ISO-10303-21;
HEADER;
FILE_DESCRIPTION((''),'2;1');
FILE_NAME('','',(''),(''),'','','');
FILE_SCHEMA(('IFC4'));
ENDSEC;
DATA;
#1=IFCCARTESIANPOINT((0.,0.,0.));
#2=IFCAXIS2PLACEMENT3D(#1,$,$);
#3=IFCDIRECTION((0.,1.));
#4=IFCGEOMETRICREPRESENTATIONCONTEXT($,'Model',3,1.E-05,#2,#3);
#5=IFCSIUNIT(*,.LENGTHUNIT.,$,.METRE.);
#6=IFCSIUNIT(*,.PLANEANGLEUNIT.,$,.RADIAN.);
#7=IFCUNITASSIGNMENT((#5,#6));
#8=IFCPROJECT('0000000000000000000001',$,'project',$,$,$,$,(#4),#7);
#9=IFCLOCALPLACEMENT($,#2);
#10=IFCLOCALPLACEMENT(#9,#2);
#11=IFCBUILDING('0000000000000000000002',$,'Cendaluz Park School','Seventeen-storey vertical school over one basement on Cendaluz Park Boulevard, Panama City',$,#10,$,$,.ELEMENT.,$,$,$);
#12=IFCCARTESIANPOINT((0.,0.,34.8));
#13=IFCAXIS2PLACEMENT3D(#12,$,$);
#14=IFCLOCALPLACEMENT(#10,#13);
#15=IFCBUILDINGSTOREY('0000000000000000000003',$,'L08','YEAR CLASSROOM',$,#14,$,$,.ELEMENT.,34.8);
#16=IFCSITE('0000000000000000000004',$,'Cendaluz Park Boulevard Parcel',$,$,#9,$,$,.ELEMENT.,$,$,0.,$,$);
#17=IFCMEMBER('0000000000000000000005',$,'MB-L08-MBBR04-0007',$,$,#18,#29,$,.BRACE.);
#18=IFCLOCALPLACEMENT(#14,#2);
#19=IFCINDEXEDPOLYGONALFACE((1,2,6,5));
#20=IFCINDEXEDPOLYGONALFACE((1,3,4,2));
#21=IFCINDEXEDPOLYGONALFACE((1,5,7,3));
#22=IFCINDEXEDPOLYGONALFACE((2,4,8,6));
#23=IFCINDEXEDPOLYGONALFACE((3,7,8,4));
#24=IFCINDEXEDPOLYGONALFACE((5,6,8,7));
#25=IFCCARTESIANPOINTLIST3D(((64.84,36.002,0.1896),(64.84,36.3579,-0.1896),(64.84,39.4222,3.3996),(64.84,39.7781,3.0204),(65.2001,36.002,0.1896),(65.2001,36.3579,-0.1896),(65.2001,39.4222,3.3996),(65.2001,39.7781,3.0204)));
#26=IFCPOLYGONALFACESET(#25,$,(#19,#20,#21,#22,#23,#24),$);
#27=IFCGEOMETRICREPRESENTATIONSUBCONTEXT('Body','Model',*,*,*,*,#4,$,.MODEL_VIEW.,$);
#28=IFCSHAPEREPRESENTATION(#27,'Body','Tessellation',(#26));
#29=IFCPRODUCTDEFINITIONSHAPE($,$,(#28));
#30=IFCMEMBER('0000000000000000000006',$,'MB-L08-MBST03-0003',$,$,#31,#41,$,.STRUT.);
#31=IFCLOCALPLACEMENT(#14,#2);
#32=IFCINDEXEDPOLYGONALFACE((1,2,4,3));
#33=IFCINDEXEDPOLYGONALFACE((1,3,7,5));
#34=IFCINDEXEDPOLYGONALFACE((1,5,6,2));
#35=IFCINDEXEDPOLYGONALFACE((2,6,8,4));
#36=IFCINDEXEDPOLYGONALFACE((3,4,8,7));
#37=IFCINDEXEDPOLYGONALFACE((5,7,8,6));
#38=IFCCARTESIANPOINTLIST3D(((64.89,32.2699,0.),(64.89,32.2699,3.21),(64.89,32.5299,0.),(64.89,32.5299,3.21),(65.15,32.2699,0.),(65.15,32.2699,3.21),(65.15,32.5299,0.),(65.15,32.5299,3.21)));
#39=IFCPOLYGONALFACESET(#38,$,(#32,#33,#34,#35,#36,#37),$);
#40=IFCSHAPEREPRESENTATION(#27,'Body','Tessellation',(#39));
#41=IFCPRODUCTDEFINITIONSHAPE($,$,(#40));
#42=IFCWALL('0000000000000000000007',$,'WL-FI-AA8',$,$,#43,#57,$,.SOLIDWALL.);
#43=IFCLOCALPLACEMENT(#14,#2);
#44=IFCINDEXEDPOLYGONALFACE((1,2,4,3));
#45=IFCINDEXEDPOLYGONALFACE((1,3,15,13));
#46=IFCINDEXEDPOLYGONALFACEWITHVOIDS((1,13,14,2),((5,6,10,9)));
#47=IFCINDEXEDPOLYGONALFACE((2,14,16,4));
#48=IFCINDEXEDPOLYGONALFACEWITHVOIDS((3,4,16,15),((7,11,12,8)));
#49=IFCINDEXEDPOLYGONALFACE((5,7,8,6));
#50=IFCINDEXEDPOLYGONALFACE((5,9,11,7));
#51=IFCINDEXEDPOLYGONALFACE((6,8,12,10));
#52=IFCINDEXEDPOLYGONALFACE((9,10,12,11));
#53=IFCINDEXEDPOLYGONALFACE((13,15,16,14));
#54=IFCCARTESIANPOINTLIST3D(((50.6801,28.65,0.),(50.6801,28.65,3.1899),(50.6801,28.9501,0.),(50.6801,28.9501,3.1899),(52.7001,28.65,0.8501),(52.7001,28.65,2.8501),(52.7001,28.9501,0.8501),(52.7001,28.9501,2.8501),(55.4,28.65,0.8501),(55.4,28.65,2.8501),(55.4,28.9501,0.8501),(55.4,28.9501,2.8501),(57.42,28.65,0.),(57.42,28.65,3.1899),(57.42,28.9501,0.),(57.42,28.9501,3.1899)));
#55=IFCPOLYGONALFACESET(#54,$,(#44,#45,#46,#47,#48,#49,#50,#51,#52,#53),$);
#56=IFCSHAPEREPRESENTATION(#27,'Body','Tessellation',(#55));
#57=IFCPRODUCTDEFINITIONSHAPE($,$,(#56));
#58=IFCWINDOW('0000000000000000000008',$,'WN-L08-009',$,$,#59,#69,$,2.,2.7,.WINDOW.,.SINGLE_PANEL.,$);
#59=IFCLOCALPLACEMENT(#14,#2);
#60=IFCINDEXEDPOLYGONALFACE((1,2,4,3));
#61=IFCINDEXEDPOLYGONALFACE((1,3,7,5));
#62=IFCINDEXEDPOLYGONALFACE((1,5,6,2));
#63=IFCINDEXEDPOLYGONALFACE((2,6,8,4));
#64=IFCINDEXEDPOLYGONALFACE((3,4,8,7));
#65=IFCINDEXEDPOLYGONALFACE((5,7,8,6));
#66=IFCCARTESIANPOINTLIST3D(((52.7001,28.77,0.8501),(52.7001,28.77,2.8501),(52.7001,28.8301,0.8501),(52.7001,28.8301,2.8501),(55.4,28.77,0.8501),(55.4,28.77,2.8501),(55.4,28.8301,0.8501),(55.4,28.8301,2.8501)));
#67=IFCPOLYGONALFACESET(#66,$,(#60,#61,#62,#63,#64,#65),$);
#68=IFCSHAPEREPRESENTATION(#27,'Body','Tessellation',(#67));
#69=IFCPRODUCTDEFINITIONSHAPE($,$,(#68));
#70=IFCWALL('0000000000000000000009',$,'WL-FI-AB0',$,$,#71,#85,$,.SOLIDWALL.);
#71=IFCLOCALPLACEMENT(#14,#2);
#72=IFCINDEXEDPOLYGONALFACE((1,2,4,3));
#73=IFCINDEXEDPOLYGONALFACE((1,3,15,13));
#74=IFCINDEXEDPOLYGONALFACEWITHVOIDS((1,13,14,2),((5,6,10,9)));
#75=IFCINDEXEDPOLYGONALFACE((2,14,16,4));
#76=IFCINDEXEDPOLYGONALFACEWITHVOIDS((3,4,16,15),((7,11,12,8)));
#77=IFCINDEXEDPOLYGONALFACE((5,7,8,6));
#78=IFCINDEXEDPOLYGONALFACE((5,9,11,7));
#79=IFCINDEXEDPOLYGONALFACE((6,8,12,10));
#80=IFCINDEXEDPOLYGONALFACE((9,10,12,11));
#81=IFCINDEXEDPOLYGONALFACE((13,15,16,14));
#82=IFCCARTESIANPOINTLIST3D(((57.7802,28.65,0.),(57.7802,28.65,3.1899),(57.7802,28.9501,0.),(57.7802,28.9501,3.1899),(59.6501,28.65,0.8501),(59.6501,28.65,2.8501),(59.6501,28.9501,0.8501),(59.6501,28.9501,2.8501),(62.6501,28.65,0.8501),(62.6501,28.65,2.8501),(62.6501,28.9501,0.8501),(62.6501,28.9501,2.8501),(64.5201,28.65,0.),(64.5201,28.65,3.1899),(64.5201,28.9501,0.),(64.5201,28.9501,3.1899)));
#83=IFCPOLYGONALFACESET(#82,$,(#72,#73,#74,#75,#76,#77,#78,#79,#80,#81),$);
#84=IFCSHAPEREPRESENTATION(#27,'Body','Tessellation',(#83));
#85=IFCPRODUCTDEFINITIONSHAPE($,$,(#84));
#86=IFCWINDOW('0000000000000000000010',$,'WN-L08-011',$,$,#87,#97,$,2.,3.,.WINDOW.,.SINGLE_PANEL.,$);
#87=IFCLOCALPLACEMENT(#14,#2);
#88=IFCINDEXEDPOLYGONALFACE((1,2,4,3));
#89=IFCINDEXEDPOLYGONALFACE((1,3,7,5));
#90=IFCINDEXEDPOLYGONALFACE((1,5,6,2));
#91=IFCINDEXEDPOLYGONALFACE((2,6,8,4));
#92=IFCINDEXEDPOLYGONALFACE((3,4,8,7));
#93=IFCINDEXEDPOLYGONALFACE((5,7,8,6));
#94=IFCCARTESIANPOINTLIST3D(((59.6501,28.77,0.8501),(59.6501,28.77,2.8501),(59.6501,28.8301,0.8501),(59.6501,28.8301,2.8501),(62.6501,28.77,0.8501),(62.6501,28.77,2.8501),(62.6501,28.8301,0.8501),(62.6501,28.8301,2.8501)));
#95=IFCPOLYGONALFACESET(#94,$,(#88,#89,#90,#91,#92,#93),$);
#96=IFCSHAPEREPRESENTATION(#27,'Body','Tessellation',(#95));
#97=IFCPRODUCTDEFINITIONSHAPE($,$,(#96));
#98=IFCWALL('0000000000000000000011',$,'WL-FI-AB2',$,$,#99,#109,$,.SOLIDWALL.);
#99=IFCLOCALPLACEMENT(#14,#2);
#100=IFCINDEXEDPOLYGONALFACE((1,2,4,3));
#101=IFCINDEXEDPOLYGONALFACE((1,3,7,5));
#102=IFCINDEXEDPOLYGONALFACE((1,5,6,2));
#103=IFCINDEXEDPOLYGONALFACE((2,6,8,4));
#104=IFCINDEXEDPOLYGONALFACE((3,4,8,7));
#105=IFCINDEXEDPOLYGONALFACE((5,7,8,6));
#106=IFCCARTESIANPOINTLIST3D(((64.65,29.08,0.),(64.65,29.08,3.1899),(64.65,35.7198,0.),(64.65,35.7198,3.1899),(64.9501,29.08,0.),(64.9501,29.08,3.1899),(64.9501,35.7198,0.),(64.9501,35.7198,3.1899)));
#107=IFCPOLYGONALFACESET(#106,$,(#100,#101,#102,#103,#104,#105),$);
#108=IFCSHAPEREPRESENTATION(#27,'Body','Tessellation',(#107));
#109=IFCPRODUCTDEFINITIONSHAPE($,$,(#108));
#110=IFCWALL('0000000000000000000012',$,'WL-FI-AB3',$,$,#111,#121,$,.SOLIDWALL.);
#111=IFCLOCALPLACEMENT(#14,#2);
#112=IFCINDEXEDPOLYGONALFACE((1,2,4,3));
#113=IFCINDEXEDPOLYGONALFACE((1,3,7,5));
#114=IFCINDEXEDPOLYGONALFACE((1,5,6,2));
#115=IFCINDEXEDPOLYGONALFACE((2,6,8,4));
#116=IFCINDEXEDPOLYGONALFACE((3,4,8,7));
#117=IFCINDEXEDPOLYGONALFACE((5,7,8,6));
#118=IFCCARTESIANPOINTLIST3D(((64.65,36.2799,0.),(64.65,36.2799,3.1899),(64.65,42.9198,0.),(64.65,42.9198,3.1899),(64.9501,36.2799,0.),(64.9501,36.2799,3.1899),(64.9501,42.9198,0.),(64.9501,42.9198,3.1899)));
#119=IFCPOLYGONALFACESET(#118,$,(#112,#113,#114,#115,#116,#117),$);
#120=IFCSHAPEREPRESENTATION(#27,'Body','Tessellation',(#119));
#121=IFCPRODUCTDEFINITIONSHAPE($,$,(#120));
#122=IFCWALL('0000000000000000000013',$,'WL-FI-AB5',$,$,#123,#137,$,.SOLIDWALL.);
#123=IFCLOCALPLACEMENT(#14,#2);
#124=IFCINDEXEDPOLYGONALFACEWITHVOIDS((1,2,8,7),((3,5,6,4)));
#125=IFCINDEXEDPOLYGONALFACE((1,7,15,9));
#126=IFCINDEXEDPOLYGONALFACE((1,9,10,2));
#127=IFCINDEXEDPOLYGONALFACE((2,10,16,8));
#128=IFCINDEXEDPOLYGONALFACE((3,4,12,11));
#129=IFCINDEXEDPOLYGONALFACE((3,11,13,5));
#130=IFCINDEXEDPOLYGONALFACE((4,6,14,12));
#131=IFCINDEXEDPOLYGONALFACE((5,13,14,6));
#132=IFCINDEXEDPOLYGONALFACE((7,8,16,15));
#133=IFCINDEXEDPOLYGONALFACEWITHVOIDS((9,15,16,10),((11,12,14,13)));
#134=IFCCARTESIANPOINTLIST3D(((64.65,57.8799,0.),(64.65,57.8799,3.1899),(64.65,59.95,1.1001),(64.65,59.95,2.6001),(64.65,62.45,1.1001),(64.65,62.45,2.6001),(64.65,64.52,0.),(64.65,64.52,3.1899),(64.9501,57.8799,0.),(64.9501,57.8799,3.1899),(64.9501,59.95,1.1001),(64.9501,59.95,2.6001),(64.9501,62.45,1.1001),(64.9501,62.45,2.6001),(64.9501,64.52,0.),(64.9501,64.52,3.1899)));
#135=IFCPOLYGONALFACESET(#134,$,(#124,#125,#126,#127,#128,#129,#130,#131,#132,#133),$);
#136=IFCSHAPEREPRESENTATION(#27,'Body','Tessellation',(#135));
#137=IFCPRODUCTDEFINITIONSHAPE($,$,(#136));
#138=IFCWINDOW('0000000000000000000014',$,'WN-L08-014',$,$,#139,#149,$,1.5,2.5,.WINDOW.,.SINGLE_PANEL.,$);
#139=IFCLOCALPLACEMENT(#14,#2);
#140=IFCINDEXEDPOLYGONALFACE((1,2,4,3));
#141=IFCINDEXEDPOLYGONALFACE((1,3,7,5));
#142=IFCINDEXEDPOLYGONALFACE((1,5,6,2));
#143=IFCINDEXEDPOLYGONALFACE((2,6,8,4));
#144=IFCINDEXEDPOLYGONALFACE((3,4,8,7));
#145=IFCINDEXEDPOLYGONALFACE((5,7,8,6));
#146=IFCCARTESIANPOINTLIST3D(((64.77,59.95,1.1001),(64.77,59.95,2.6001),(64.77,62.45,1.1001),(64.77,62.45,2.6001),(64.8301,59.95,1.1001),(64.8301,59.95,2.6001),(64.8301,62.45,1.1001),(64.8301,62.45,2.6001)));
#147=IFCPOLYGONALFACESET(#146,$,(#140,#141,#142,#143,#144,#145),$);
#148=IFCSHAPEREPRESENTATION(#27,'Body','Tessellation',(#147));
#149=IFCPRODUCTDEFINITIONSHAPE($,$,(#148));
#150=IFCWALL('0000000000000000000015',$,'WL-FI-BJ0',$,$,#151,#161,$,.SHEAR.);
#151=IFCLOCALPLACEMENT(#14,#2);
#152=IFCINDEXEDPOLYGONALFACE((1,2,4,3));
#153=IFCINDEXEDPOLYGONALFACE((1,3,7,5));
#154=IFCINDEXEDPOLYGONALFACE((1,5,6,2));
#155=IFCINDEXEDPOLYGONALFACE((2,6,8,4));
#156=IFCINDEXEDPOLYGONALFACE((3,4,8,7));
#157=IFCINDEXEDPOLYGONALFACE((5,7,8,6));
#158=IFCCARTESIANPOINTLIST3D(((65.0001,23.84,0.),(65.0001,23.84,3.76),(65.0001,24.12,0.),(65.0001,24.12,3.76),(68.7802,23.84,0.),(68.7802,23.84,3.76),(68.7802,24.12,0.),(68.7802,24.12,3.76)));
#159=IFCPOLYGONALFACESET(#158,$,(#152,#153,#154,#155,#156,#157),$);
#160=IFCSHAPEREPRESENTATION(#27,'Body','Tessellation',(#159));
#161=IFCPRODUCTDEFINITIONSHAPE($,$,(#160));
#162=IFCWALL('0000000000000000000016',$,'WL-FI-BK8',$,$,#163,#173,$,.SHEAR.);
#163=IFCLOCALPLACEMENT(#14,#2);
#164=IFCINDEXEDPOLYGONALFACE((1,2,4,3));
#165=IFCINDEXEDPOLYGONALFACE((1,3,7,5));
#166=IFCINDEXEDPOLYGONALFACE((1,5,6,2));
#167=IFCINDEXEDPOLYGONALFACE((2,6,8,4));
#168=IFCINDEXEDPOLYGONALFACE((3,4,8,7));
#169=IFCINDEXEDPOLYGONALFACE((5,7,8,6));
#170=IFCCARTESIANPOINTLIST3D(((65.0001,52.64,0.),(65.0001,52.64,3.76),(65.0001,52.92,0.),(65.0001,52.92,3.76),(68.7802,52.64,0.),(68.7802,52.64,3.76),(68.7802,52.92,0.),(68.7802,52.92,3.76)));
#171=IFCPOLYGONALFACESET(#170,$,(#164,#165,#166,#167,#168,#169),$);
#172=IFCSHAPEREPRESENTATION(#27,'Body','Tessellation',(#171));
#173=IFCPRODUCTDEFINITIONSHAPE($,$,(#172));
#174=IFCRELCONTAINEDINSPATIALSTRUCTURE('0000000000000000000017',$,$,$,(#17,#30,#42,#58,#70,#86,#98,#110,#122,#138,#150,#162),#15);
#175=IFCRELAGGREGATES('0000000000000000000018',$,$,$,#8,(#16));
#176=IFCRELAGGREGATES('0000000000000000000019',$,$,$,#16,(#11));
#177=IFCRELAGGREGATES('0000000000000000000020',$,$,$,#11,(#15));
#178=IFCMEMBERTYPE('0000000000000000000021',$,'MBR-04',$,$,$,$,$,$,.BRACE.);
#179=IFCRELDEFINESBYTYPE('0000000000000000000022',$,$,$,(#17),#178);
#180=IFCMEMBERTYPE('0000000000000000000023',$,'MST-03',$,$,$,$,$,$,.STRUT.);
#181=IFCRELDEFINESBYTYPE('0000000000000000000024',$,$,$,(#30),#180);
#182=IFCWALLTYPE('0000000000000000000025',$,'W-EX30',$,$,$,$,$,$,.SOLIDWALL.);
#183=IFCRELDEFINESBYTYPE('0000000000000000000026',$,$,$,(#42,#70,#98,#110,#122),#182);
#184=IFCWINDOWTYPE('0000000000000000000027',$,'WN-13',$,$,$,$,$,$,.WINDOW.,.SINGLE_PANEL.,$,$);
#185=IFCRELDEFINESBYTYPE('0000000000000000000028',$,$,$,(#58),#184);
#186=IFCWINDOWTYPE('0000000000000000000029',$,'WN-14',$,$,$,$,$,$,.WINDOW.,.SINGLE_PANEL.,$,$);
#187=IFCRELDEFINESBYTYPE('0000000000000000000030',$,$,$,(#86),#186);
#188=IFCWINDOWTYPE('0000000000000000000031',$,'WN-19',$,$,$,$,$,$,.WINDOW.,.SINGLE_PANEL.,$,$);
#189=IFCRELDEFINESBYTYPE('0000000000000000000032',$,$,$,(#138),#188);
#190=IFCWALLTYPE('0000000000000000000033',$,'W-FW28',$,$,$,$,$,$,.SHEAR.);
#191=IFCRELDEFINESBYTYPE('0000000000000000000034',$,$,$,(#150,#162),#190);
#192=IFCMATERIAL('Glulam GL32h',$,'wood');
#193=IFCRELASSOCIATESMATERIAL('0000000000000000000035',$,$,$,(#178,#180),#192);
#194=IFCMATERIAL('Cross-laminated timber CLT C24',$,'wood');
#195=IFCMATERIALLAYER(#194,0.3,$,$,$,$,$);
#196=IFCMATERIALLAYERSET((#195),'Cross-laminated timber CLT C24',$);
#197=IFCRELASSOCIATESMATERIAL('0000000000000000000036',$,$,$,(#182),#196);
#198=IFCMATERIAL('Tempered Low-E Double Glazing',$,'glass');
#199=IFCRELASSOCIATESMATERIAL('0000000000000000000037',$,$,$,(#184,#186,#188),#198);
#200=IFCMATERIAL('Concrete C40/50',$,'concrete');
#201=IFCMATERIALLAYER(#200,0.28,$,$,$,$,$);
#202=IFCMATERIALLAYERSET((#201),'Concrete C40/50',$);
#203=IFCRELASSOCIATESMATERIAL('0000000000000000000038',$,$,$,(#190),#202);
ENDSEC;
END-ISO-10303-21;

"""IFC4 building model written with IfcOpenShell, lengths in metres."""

from ifc_helpers import new_model, si_unit, direction, frame, frame_2d, origin, origin_2d, place, context, subcontext, project, spatial, rectangle, extrude, material, layer, layer_set, material_profile, profile_set, type_object, element, fill, save


model = new_model("IFC4")

# Units and contexts
model_context = context("Model", 3, precision=1e-05, world=origin(), true_north=direction((0.0, 1.0)))
body_context = subcontext(model_context, "Body", "Model", "MODEL_VIEW")
ifc_project = project(units=[si_unit("LENGTHUNIT", "METRE"), si_unit("PLANEANGLEUNIT", "RADIAN")], contexts=[model_context])

# Site, building, storey
site_placement = place(None, origin())
site = spatial("IfcSite", under=ifc_project, at=site_placement, Name="Cendaluz Park Boulevard Parcel", CompositionType="ELEMENT", RefElevation=0.0)
building_placement = place(site_placement, origin())
building = spatial("IfcBuilding", under=site, at=building_placement, Name="Cendaluz Park School", Description="Seventeen-storey vertical school over one basement on Cendaluz Park Boulevard, Panama City", CompositionType="ELEMENT")
storey_placement = place(building_placement, frame((0.0, 0.0, 34.8)))
storey = spatial("IfcBuildingStorey", under=building, at=storey_placement, Name="L08", Description="YEAR CLASSROOM", CompositionType="ELEMENT", Elevation=34.8)

# Shared definitions
ifc_material_1 = material(Name="Glulam GL32h", Category="wood")

# Members
ifc_material_profile_1 = material_profile(ifc_material_1, rectangle(XDim=0.3601, YDim=0.52, at=origin_2d()), Name="GL32h 360x520", Category="wood")
ifc_profile_set_1 = profile_set([ifc_material_profile_1], Name="Glulam GL32h")
member_type_1 = type_object("IfcMemberType", Name="MBR-04", PredefinedType="BRACE", material=ifc_profile_set_1)
member_1_placement = place(storey_placement, frame((65.02, 36.1799, 0.0), z_axis=(0.0, 0.729159, 0.684344), x_axis=(-1.0, 0.0, 0.0)))
element("IfcMember", 1, at=member_1_placement, inside=storey, type_object=member_type_1, Name="MB-L08-MBBR04-0007", PredefinedType="BRACE", context=body_context, shape_type="SweptSolid", body=[
    extrude(rectangle(XDim=0.3601, YDim=0.52, at=origin_2d()), origin(), (0.0, 0.0, 1.0), 4.6907),
])
ifc_material_profile_2 = material_profile(ifc_material_1, rectangle(XDim=0.26, YDim=0.26, at=origin_2d()), Name="GL32h 260x260", Category="wood")
ifc_profile_set_2 = profile_set([ifc_material_profile_2], Name="Glulam GL32h")
member_type_2 = type_object("IfcMemberType", Name="MST-03", PredefinedType="STRUT", material=ifc_profile_set_2)
member_2_placement = place(storey_placement, frame((65.02, 32.3999, 0.0), z_axis=(0.0, 0.0, 1.0), x_axis=(1.0, 0.0, 0.0)))
element("IfcMember", 2, at=member_2_placement, inside=storey, type_object=member_type_2, Name="MB-L08-MBST03-0003", PredefinedType="STRUT", context=body_context, shape_type="SweptSolid", body=[
    extrude(rectangle(XDim=0.26, YDim=0.26, at=origin_2d()), origin(), (0.0, 0.0, 1.0), 3.21),
])

# Walls, openings, windows
ifc_material_2 = material(Name="Cross-laminated timber CLT C24", Category="wood")
ifc_layer_1 = layer(ifc_material_2, 0.3)
ifc_layer_set_1 = layer_set([ifc_layer_1], Name="Cross-laminated timber CLT C24")
wall_type_1 = type_object("IfcWallType", Name="W-EX30", PredefinedType="SOLIDWALL", material=ifc_layer_set_1)
wall_1_placement = place(storey_placement, frame((50.6799, 28.8, 0.0), z_axis=(0.0, 0.0, 1.0), x_axis=(1.0, 0.0, 0.0)))
wall_1 = element("IfcWall", 3, at=wall_1_placement, inside=storey, type_object=wall_type_1, Name="WL-FI-AA8", PredefinedType="SOLIDWALL", context=body_context, shape_type="SweptSolid", body=[
    extrude(rectangle(XDim=6.74, YDim=0.3, at=frame_2d((3.3701, 0.0))), origin(), (0.0, 0.0, 1.0), 3.1899),
])
opening_1_placement = place(wall_1_placement, frame((2.02, 0.0, 0.8501)))
opening_1 = element("IfcOpeningElement", 4, at=opening_1_placement, cuts=wall_1, PredefinedType="OPENING", context=body_context, shape_type="SweptSolid", body=[
    extrude(rectangle(XDim=2.7, YDim=2.0, at=frame_2d((1.3501, 1.0))), frame((0.0, 0.1621, 0.0), z_axis=(0.0, -1.0, 0.0), x_axis=(1.0, 0.0, 0.0)), (0.0, 0.0, 1.0), 0.324),
])
ifc_material_3 = material(Name="Tempered Low-E Double Glazing", Category="glass")
window_type_1 = type_object("IfcWindowType", Name="WN-13", PartitioningType="SINGLE_PANEL", PredefinedType="WINDOW", material=ifc_material_3)
window_1_placement = place(opening_1_placement, origin())
window_1 = element("IfcWindow", 5, at=window_1_placement, inside=storey, type_object=window_type_1, Name="WN-L08-009", OverallHeight=2.0, OverallWidth=2.7, PartitioningType="SINGLE_PANEL", PredefinedType="WINDOW", context=body_context, shape_type="SweptSolid", body=[
    extrude(rectangle(XDim=2.7, YDim=2.0, at=frame_2d((1.3501, 1.0))), frame((0.0, 0.03, 0.0), z_axis=(0.0, -1.0, 0.0), x_axis=(1.0, 0.0, 0.0)), (0.0, 0.0, 1.0), 0.0601),
])
fill(opening_1, window_1)
wall_2_placement = place(storey_placement, frame((57.78, 28.8, 0.0), z_axis=(0.0, 0.0, 1.0), x_axis=(1.0, 0.0, 0.0)))
wall_2 = element("IfcWall", 6, at=wall_2_placement, inside=storey, type_object=wall_type_1, Name="WL-FI-AB0", PredefinedType="SOLIDWALL", context=body_context, shape_type="SweptSolid", body=[
    extrude(rectangle(XDim=6.74, YDim=0.3, at=frame_2d((3.3701, 0.0))), origin(), (0.0, 0.0, 1.0), 3.1899),
])
opening_2_placement = place(wall_2_placement, frame((1.8701, 0.0, 0.8501)))
opening_2 = element("IfcOpeningElement", 7, at=opening_2_placement, cuts=wall_2, PredefinedType="OPENING", context=body_context, shape_type="SweptSolid", body=[
    extrude(rectangle(XDim=3.0, YDim=2.0, at=frame_2d((1.5, 1.0))), frame((0.0, 0.1621, 0.0), z_axis=(0.0, -1.0, 0.0), x_axis=(1.0, 0.0, 0.0)), (0.0, 0.0, 1.0), 0.324),
])
window_type_2 = type_object("IfcWindowType", Name="WN-14", PartitioningType="SINGLE_PANEL", PredefinedType="WINDOW", material=ifc_material_3)
window_2_placement = place(opening_2_placement, origin())
window_2 = element("IfcWindow", 8, at=window_2_placement, inside=storey, type_object=window_type_2, Name="WN-L08-011", OverallHeight=2.0, OverallWidth=3.0, PartitioningType="SINGLE_PANEL", PredefinedType="WINDOW", context=body_context, shape_type="SweptSolid", body=[
    extrude(rectangle(XDim=3.0, YDim=2.0, at=frame_2d((1.5, 1.0))), frame((0.0, 0.03, 0.0), z_axis=(0.0, -1.0, 0.0), x_axis=(1.0, 0.0, 0.0)), (0.0, 0.0, 1.0), 0.0601),
])
fill(opening_2, window_2)

# Walls
for number, where, z_axis, x_axis, name in (
    (9, (64.8, 29.0801, 0.0), (0.0, 0.0, 1.0), (0.0, 1.0, 0.0), "WL-FI-AB2"),
    (10, (64.8, 36.28, 0.0), (0.0, 0.0, 1.0), (0.0, 1.0, 0.0), "WL-FI-AB3"),
):
    element("IfcWall", number, at=place(storey_placement, frame(where, z_axis=z_axis, x_axis=x_axis)), inside=storey, type_object=wall_type_1, Name=name, PredefinedType="SOLIDWALL", context=body_context, shape_type="SweptSolid", body=[
        extrude(rectangle(XDim=6.6399, YDim=0.3, at=frame_2d((3.3198, 0.0))), origin(), (0.0, 0.0, 1.0), 3.1899),
    ])

# Wall, opening, window
wall_3_placement = place(storey_placement, frame((64.8, 57.8799, 0.0), z_axis=(0.0, 0.0, 1.0), x_axis=(0.0, 1.0, 0.0)))
wall_3 = element("IfcWall", 11, at=wall_3_placement, inside=storey, type_object=wall_type_1, Name="WL-FI-AB5", PredefinedType="SOLIDWALL", context=body_context, shape_type="SweptSolid", body=[
    extrude(rectangle(XDim=6.6401, YDim=0.3, at=frame_2d((3.3201, 0.0))), origin(), (0.0, 0.0, 1.0), 3.1899),
])
opening_3_placement = place(wall_3_placement, frame((2.0701, 0.0, 1.1001)))
opening_3 = element("IfcOpeningElement", 12, at=opening_3_placement, cuts=wall_3, PredefinedType="OPENING", context=body_context, shape_type="SweptSolid", body=[
    extrude(rectangle(XDim=2.5, YDim=1.5, at=frame_2d((1.25, 0.75))), frame((0.0, 0.1621, 0.0), z_axis=(0.0, -1.0, 0.0), x_axis=(1.0, 0.0, 0.0)), (0.0, 0.0, 1.0), 0.324),
])
window_type_3 = type_object("IfcWindowType", Name="WN-19", PartitioningType="SINGLE_PANEL", PredefinedType="WINDOW", material=ifc_material_3)
window_3_placement = place(opening_3_placement, origin())
window_3 = element("IfcWindow", 13, at=window_3_placement, inside=storey, type_object=window_type_3, Name="WN-L08-014", OverallHeight=1.5, OverallWidth=2.5, PartitioningType="SINGLE_PANEL", PredefinedType="WINDOW", context=body_context, shape_type="SweptSolid", body=[
    extrude(rectangle(XDim=2.5, YDim=1.5, at=frame_2d((1.25, 0.75))), frame((0.0, 0.03, 0.0), z_axis=(0.0, -1.0, 0.0), x_axis=(1.0, 0.0, 0.0)), (0.0, 0.0, 1.0), 0.0601),
])
fill(opening_3, window_3)

# Walls
ifc_material_4 = material(Name="Concrete C40/50", Category="concrete")
ifc_layer_2 = layer(ifc_material_4, 0.28)
ifc_layer_set_2 = layer_set([ifc_layer_2], Name="Concrete C40/50")
wall_type_2 = type_object("IfcWallType", Name="W-FW28", PredefinedType="SHEAR", material=ifc_layer_set_2)
for number, where, z_axis, x_axis, name in (
    (14, (65.0, 23.98, 0.0), (0.0, 0.0, 1.0), (1.0, 0.0, 0.0), "WL-FI-BJ0"),
    (15, (65.0, 52.78, 0.0), (0.0, 0.0, 1.0), (1.0, 0.0, 0.0), "WL-FI-BK8"),
):
    element("IfcWall", number, at=place(storey_placement, frame(where, z_axis=z_axis, x_axis=x_axis)), inside=storey, type_object=wall_type_2, Name=name, PredefinedType="SHEAR", context=body_context, shape_type="SweptSolid", body=[
        extrude(rectangle(XDim=3.78, YDim=0.28, at=frame_2d((1.8901, 0.0))), origin(), (0.0, 0.0, 1.0), 3.76),
    ])

save(model, "model.ifc")
